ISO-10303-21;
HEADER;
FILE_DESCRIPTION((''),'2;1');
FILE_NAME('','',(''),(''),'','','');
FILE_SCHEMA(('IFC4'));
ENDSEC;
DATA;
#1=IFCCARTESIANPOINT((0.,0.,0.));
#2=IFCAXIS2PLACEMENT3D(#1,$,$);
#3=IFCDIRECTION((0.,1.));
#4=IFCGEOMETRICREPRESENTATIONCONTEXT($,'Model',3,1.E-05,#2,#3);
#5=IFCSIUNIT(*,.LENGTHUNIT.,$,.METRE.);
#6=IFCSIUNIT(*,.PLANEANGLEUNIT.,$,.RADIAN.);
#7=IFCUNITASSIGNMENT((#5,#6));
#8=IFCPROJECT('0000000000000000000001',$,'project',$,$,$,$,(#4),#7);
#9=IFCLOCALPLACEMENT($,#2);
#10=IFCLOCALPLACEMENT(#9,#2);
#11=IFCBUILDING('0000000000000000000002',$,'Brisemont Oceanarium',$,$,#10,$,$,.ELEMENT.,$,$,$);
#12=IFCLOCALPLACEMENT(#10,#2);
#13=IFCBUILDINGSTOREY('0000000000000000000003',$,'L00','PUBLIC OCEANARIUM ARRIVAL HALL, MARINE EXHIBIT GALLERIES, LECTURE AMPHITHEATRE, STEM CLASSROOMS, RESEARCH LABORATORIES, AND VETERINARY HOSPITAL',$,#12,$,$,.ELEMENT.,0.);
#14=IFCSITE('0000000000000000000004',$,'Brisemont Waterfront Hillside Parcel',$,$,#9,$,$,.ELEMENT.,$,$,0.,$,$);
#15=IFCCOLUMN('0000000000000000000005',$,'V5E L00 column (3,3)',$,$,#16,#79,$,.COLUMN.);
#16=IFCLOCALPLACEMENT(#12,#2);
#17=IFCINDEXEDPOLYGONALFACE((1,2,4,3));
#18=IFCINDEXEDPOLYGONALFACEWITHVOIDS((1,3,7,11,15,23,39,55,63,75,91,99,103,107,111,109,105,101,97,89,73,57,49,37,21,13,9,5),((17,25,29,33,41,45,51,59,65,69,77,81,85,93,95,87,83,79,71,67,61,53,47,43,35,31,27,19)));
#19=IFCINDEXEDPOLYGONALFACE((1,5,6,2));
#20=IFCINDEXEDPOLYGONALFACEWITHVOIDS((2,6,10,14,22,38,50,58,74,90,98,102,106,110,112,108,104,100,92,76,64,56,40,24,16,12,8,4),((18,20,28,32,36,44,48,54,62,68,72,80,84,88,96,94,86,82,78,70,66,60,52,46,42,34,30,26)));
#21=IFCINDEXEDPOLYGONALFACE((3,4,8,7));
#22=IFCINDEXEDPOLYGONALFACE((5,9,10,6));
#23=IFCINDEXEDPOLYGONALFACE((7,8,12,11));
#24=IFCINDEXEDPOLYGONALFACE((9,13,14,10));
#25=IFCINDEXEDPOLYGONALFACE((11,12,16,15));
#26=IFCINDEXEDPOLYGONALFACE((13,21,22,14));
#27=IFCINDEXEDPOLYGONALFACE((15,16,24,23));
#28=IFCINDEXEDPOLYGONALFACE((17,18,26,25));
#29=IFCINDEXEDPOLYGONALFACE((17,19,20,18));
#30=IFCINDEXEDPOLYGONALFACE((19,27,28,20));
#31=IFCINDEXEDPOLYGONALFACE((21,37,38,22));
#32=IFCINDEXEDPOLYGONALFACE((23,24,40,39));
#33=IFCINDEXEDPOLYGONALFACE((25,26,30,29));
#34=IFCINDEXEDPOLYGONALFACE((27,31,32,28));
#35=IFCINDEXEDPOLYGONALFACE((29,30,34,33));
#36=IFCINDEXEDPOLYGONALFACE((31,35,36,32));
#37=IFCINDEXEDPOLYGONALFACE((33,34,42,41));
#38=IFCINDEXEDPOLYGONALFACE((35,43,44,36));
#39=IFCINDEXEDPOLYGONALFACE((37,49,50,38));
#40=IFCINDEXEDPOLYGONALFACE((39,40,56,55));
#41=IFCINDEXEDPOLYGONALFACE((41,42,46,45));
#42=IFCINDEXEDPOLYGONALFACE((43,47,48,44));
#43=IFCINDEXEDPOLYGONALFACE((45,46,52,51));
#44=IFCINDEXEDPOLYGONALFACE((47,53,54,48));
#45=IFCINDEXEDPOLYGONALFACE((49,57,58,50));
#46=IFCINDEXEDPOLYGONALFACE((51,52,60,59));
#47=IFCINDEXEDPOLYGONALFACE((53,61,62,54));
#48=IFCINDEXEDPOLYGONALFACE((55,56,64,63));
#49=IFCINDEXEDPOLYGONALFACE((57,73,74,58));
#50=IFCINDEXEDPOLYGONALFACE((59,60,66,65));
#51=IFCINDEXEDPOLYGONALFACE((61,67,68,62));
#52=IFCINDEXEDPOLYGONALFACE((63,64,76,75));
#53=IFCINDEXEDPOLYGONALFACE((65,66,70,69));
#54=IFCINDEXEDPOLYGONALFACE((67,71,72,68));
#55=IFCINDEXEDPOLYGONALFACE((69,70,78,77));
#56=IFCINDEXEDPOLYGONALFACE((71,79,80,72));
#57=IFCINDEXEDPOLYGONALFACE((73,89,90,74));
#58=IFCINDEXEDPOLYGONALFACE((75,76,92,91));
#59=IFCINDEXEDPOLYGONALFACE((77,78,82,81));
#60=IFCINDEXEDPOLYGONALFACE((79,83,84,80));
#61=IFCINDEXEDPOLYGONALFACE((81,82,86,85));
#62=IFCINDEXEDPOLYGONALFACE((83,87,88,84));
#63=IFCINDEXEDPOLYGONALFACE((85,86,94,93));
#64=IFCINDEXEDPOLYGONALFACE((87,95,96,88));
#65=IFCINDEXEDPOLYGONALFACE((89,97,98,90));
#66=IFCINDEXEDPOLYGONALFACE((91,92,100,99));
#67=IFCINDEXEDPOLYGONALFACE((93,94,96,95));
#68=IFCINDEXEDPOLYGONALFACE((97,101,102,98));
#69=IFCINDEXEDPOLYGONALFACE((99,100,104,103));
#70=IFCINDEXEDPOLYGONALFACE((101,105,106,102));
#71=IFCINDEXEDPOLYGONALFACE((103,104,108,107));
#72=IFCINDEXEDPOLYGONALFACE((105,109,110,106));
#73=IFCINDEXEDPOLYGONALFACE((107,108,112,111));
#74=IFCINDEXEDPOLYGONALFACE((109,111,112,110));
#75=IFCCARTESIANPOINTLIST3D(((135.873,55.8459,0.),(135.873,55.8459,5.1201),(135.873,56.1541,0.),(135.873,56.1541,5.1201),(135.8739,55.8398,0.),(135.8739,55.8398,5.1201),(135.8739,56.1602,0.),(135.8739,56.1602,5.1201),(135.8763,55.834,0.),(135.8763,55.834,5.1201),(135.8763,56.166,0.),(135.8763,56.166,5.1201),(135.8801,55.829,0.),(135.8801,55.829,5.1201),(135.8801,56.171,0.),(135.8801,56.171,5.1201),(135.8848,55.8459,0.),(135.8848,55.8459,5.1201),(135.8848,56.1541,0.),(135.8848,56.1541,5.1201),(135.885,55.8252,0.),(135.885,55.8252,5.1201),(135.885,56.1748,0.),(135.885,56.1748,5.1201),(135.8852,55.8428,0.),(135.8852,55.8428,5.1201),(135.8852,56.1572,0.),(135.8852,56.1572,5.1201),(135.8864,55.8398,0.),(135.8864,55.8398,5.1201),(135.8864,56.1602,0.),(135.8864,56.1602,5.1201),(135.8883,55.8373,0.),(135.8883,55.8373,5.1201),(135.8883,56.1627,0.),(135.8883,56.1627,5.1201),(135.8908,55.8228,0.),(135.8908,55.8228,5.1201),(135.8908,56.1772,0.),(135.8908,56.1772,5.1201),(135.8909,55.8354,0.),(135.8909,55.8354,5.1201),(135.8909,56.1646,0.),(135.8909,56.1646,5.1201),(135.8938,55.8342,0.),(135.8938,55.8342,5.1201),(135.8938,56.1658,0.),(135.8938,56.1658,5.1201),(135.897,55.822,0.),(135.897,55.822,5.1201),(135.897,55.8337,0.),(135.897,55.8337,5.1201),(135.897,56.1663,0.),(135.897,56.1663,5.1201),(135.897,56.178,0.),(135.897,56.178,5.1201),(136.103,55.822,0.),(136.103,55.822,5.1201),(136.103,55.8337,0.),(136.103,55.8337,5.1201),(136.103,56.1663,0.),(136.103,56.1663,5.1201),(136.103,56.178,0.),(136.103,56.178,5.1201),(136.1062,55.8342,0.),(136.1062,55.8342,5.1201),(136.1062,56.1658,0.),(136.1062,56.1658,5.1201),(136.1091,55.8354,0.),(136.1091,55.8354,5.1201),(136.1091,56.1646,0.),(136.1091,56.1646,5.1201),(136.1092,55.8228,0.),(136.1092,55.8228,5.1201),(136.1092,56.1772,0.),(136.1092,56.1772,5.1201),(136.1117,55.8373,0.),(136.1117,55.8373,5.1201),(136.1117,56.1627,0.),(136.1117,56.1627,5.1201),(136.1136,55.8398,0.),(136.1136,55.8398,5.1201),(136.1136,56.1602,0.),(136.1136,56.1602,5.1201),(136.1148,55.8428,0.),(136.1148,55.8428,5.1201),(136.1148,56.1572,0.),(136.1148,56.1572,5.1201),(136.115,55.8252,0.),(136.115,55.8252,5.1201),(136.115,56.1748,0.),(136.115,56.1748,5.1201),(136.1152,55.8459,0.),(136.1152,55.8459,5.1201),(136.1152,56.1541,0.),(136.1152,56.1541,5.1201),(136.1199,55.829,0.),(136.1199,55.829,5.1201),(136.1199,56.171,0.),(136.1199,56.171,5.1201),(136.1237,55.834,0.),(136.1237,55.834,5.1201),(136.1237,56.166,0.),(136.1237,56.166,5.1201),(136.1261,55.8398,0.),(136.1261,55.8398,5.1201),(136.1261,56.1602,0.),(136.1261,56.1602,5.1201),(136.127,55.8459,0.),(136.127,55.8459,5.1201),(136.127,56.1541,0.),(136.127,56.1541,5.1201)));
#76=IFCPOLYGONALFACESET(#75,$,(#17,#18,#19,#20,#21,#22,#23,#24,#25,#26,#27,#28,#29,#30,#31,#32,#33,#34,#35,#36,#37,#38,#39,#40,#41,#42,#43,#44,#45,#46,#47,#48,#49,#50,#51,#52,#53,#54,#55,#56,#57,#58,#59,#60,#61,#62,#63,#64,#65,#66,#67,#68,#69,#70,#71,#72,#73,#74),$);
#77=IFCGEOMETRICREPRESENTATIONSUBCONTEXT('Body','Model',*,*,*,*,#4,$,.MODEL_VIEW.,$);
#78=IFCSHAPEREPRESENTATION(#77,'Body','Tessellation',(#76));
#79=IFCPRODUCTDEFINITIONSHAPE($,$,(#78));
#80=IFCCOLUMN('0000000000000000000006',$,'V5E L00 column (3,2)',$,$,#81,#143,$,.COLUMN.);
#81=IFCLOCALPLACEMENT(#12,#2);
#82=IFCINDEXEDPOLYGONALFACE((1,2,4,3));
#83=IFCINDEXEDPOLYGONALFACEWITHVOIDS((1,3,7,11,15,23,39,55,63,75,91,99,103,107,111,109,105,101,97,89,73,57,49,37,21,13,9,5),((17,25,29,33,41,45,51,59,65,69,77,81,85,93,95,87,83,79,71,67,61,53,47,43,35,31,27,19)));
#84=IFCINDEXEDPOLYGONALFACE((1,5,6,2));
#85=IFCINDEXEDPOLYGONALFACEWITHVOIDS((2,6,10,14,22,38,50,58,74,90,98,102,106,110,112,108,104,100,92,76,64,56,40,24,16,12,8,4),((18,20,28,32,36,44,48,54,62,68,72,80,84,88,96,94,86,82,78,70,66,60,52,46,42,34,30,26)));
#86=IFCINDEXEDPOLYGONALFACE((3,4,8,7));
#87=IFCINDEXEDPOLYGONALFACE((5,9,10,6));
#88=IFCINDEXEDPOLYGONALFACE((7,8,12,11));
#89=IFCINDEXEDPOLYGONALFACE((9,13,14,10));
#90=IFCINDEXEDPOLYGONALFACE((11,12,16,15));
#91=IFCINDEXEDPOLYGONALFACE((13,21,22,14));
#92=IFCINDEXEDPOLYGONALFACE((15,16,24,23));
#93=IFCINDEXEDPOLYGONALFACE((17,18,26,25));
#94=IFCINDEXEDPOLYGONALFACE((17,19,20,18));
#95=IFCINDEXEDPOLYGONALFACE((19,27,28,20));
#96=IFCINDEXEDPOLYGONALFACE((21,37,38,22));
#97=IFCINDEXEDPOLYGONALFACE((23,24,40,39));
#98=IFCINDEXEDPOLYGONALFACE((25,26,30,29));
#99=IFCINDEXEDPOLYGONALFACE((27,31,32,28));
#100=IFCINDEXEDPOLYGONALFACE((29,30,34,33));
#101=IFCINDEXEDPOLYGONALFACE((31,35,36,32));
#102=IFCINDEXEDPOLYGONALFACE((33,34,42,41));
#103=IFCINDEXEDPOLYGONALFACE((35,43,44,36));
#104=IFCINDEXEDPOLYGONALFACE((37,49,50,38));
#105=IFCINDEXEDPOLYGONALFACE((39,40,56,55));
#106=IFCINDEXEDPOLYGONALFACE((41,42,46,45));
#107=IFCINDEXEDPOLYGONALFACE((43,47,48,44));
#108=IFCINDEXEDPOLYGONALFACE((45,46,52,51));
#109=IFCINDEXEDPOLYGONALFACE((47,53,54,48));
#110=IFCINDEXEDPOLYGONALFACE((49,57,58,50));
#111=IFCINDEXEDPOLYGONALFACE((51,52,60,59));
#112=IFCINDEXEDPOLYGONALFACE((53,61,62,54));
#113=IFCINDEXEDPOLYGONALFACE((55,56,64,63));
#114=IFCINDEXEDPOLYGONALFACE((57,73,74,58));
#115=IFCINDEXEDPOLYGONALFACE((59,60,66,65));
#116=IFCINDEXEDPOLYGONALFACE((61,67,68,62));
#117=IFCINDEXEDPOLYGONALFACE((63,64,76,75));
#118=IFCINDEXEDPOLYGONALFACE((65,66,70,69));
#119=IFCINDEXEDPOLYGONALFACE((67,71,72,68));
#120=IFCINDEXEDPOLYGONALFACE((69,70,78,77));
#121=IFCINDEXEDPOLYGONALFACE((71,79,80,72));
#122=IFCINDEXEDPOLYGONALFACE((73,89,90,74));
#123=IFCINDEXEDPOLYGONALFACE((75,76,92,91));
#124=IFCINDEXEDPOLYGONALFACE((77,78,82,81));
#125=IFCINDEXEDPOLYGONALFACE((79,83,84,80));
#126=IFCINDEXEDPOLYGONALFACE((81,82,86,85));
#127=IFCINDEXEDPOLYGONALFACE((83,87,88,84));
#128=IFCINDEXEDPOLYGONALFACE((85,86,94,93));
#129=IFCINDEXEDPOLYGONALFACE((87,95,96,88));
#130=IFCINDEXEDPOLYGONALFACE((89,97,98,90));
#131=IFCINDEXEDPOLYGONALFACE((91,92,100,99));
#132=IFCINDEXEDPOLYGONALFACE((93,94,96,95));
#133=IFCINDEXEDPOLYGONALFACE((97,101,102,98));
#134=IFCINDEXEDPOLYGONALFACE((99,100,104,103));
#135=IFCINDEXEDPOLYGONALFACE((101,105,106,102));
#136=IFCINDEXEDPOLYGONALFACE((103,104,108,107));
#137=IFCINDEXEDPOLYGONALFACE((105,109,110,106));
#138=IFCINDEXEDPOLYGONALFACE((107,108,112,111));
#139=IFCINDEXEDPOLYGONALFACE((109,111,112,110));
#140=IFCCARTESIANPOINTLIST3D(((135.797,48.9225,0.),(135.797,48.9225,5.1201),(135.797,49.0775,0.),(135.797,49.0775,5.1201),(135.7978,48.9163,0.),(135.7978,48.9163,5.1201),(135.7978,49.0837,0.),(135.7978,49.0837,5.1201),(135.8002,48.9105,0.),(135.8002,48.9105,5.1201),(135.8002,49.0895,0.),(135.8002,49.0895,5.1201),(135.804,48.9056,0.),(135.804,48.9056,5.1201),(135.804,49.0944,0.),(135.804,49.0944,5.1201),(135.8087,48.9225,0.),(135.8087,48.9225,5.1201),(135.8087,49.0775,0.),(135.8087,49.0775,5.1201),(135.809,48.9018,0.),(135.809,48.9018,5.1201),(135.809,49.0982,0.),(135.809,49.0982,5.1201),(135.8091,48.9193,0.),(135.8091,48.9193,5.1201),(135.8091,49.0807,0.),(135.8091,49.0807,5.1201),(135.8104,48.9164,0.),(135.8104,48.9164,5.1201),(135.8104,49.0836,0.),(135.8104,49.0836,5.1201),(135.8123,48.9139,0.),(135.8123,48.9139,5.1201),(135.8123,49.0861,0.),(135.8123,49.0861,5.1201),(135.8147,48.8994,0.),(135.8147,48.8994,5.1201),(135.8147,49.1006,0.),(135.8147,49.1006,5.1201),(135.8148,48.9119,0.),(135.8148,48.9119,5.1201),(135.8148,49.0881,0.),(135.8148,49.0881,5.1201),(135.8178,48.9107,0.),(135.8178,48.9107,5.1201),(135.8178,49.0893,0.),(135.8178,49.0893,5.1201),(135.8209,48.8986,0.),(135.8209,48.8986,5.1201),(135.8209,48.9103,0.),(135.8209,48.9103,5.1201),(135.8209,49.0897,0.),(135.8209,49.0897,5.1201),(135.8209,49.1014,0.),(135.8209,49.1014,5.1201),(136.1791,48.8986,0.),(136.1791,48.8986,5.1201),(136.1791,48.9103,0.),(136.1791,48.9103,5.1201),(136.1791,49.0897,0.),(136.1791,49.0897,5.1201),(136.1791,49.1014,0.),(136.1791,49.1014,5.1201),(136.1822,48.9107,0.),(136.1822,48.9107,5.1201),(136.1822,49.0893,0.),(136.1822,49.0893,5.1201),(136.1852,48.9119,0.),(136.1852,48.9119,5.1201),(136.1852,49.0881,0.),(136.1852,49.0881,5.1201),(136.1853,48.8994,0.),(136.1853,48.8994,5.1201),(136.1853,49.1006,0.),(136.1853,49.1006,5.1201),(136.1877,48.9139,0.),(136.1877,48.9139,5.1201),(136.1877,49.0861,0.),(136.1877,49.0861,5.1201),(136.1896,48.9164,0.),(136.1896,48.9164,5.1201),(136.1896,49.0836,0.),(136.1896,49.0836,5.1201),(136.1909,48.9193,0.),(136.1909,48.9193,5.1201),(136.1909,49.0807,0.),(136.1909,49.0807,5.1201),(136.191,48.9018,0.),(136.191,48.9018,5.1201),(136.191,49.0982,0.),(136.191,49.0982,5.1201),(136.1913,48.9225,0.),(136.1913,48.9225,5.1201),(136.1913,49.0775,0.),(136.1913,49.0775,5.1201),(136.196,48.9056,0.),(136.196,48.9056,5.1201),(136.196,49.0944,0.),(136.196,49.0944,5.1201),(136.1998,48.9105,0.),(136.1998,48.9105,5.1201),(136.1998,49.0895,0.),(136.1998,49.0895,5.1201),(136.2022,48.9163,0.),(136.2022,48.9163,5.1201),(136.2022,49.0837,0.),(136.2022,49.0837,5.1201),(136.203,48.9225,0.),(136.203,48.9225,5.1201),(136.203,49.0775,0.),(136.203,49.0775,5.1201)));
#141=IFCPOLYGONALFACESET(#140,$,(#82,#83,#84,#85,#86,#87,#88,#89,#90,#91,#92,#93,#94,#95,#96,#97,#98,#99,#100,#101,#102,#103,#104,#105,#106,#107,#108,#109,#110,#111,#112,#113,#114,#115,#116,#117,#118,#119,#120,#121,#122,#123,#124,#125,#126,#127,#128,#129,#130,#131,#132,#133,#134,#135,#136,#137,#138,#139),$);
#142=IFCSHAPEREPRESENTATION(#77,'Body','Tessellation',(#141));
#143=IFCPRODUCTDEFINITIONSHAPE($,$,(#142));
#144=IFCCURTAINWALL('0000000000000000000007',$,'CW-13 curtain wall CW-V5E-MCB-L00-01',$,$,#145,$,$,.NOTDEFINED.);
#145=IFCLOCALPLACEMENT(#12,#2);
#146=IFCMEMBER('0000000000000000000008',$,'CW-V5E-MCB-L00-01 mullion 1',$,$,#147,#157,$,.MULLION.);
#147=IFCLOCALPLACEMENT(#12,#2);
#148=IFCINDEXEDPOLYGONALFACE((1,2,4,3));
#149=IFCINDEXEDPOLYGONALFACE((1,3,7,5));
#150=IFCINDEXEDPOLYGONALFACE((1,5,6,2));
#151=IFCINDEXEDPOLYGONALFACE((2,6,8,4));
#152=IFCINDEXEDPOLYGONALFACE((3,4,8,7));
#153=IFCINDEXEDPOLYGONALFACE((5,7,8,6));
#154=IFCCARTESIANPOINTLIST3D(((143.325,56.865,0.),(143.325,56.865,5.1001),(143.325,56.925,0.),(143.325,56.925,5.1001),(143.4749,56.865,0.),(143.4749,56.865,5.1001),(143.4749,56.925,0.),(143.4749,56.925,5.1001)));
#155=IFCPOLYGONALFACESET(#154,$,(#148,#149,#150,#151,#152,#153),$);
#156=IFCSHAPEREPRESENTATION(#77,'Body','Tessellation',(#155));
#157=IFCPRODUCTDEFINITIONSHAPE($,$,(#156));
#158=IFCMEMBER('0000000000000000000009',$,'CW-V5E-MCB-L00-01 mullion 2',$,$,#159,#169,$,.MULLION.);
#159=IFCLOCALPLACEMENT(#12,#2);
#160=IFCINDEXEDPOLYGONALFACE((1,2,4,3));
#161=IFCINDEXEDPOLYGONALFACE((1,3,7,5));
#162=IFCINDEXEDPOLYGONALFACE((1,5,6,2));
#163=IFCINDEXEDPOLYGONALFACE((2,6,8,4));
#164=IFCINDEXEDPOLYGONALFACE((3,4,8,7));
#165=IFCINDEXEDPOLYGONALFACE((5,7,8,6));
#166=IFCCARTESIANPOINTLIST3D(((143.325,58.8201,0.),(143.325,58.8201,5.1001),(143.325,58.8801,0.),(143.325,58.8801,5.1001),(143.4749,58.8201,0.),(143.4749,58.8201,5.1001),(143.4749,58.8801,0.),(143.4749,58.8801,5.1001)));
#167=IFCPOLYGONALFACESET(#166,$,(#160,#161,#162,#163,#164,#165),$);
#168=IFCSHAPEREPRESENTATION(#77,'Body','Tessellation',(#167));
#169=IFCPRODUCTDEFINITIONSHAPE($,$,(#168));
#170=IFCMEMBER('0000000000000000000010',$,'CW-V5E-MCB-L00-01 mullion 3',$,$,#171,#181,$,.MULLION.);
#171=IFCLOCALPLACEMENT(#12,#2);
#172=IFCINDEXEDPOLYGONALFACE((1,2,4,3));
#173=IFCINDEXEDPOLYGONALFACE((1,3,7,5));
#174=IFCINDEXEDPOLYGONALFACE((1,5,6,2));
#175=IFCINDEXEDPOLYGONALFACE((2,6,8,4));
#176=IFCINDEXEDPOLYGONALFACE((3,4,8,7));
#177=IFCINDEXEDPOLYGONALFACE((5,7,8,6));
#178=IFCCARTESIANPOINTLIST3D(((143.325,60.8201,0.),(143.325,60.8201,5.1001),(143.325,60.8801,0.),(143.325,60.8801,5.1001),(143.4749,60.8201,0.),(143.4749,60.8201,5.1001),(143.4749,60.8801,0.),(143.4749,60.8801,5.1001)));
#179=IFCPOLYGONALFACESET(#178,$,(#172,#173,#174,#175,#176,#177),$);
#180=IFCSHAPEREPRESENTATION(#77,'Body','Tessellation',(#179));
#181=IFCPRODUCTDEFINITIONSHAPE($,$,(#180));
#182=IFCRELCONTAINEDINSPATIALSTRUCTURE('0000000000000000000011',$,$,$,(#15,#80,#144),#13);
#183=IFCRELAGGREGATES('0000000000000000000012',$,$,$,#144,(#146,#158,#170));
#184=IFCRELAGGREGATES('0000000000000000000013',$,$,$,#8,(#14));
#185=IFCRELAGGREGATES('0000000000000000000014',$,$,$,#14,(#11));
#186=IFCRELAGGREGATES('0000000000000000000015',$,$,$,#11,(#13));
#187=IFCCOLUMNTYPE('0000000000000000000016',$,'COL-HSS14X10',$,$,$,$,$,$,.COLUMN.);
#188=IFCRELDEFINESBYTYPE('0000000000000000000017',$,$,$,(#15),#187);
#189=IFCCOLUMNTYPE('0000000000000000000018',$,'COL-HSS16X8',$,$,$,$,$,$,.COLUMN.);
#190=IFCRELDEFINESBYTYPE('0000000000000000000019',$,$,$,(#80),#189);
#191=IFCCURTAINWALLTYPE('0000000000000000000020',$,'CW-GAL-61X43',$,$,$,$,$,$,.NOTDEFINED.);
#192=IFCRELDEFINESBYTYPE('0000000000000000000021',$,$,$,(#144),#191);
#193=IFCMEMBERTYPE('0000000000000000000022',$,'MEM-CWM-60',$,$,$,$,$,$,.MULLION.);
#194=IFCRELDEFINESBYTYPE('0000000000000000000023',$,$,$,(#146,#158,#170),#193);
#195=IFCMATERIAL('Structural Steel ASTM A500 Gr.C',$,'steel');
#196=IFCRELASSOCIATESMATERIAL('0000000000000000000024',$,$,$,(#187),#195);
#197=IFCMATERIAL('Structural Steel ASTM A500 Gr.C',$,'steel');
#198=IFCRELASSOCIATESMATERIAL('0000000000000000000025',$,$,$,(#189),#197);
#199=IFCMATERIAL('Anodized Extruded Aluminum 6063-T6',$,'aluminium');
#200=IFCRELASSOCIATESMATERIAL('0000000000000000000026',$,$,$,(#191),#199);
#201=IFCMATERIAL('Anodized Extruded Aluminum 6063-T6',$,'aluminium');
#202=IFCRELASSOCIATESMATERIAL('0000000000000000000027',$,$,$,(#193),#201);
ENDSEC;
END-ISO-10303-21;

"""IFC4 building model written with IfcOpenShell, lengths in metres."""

from ifc_helpers import new_model, si_unit, direction, frame, origin, origin_2d, place, context, subcontext, project, spatial, rectangle, hollow_rectangle, extrude, material, material_profile, profile_set, type_object, element, aggregate, save


model = new_model("IFC4")

# Units and contexts
model_context = context("Model", 3, precision=1e-05, world=origin(), true_north=direction((0.0, 1.0)))
body_context = subcontext(model_context, "Body", "Model", "MODEL_VIEW")
ifc_project = project(units=[si_unit("LENGTHUNIT", "METRE"), si_unit("PLANEANGLEUNIT", "RADIAN")], contexts=[model_context])

# Site, building, storey
site_placement = place(None, origin())
site = spatial("IfcSite", under=ifc_project, at=site_placement, Name="Brisemont Waterfront Hillside Parcel", CompositionType="ELEMENT", RefElevation=0.0)
building_placement = place(site_placement, origin())
building = spatial("IfcBuilding", under=site, at=building_placement, Name="Brisemont Oceanarium", CompositionType="ELEMENT")
storey_placement = place(building_placement, origin())
storey = spatial("IfcBuildingStorey", under=building, at=storey_placement, Name="L00", Description="PUBLIC OCEANARIUM ARRIVAL HALL, MARINE EXHIBIT GALLERIES, LECTURE AMPHITHEATRE, STEM CLASSROOMS, RESEARCH LABORATORIES, AND VETERINARY HOSPITAL", CompositionType="ELEMENT", Elevation=0.0)

# Columns
ifc_material_1 = material(Name="Structural Steel ASTM A500 Gr.C", Category="steel")
ifc_material_profile_1 = material_profile(ifc_material_1, hollow_rectangle(XDim=0.2539, YDim=0.356, WallThickness=0.0117, InnerFilletRadius=0.0122, OuterFilletRadius=0.0239, at=origin_2d()), Name="HSS14X10X1/2")
ifc_profile_set_1 = profile_set([ifc_material_profile_1], Name="Structural Steel ASTM A500 Gr.C")
column_type_1 = type_object("IfcColumnType", Name="COL-HSS14X10", PredefinedType="COLUMN", material=ifc_profile_set_1)
column_1_placement = place(storey_placement, frame((136.0, 56.0, 0.0), z_axis=(0.0, 0.0, 1.0), x_axis=(1.0, 0.0, 0.0)))
element("IfcColumn", 1, at=column_1_placement, inside=storey, type_object=column_type_1, Name="V5E L00 column (3,3)", PredefinedType="COLUMN", context=body_context, shape_type="SweptSolid", body=[
    extrude(hollow_rectangle(XDim=0.2539, YDim=0.356, WallThickness=0.0117, InnerFilletRadius=0.0122, OuterFilletRadius=0.0239, at=origin_2d()), origin(), (0.0, 0.0, 1.0), 5.1201),
])
ifc_material_2 = material(Name="Structural Steel ASTM A500 Gr.C", Category="steel")
ifc_material_profile_2 = material_profile(ifc_material_2, hollow_rectangle(XDim=0.2029, YDim=0.406, WallThickness=0.0117, InnerFilletRadius=0.0122, OuterFilletRadius=0.0239, at=origin_2d()), Name="HSS16X8X1/2")
ifc_profile_set_2 = profile_set([ifc_material_profile_2], Name="Structural Steel ASTM A500 Gr.C")
column_type_2 = type_object("IfcColumnType", Name="COL-HSS16X8", PredefinedType="COLUMN", material=ifc_profile_set_2)
column_2_placement = place(storey_placement, frame((136.0, 49.0, 0.0), z_axis=(0.0, 0.0, 1.0), x_axis=(0.0, 1.0, 0.0)))
element("IfcColumn", 2, at=column_2_placement, inside=storey, type_object=column_type_2, Name="V5E L00 column (3,2)", PredefinedType="COLUMN", context=body_context, shape_type="SweptSolid", body=[
    extrude(hollow_rectangle(XDim=0.2029, YDim=0.406, WallThickness=0.0117, InnerFilletRadius=0.0122, OuterFilletRadius=0.0239, at=origin_2d()), origin(), (0.0, 0.0, 1.0), 5.1201),
])

# Curtain wall, members
ifc_material_3 = material(Name="Anodized Extruded Aluminum 6063-T6", Category="aluminium")
curtain_wall_type = type_object("IfcCurtainWallType", Name="CW-GAL-61X43", PredefinedType="NOTDEFINED", material=ifc_material_3)
curtain_wall_placement = place(storey_placement, origin())
curtain_wall = element("IfcCurtainWall", 3, at=curtain_wall_placement, inside=storey, type_object=curtain_wall_type, Name="CW-13 curtain wall CW-V5E-MCB-L00-01", PredefinedType="NOTDEFINED")
ifc_material_4 = material(Name="Anodized Extruded Aluminum 6063-T6", Category="aluminium")
ifc_material_profile_3 = material_profile(ifc_material_4, rectangle(XDim=0.0601, YDim=0.1499, at=origin_2d()), Name="CWM-60X150")
ifc_profile_set_3 = profile_set([ifc_material_profile_3], Name="Anodized Extruded Aluminum 6063-T6")
member_type_1 = type_object("IfcMemberType", Name="MEM-CWM-60", PredefinedType="MULLION", material=ifc_profile_set_3)
member_1_placement = place(storey_placement, frame((143.3999, 56.895, 0.0), z_axis=(0.0, 0.0, 1.0), x_axis=(0.0, 1.0, 0.0)))
member_1 = element("IfcMember", 4, at=member_1_placement, type_object=member_type_1, Name="CW-V5E-MCB-L00-01 mullion 1", PredefinedType="MULLION", context=body_context, shape_type="SweptSolid", body=[
    extrude(rectangle(XDim=0.0601, YDim=0.1499, at=origin_2d()), origin(), (0.0, 0.0, 1.0), 5.1001),
])
member_2_placement = place(storey_placement, frame((143.3999, 58.8501, 0.0), z_axis=(0.0, 0.0, 1.0), x_axis=(0.0, 1.0, 0.0)))
member_2 = element("IfcMember", 5, at=member_2_placement, type_object=member_type_1, Name="CW-V5E-MCB-L00-01 mullion 2", PredefinedType="MULLION", context=body_context, shape_type="SweptSolid", body=[
    extrude(rectangle(XDim=0.0601, YDim=0.1499, at=origin_2d()), origin(), (0.0, 0.0, 1.0), 5.1001),
])
member_3_placement = place(storey_placement, frame((143.3999, 60.8501, 0.0), z_axis=(0.0, 0.0, 1.0), x_axis=(0.0, 1.0, 0.0)))
member_3 = element("IfcMember", 6, at=member_3_placement, type_object=member_type_1, Name="CW-V5E-MCB-L00-01 mullion 3", PredefinedType="MULLION", context=body_context, shape_type="SweptSolid", body=[
    extrude(rectangle(XDim=0.0601, YDim=0.1499, at=origin_2d()), origin(), (0.0, 0.0, 1.0), 5.1001),
])
aggregate(curtain_wall, [member_1, member_2, member_3])

save(model, "model.ifc")
